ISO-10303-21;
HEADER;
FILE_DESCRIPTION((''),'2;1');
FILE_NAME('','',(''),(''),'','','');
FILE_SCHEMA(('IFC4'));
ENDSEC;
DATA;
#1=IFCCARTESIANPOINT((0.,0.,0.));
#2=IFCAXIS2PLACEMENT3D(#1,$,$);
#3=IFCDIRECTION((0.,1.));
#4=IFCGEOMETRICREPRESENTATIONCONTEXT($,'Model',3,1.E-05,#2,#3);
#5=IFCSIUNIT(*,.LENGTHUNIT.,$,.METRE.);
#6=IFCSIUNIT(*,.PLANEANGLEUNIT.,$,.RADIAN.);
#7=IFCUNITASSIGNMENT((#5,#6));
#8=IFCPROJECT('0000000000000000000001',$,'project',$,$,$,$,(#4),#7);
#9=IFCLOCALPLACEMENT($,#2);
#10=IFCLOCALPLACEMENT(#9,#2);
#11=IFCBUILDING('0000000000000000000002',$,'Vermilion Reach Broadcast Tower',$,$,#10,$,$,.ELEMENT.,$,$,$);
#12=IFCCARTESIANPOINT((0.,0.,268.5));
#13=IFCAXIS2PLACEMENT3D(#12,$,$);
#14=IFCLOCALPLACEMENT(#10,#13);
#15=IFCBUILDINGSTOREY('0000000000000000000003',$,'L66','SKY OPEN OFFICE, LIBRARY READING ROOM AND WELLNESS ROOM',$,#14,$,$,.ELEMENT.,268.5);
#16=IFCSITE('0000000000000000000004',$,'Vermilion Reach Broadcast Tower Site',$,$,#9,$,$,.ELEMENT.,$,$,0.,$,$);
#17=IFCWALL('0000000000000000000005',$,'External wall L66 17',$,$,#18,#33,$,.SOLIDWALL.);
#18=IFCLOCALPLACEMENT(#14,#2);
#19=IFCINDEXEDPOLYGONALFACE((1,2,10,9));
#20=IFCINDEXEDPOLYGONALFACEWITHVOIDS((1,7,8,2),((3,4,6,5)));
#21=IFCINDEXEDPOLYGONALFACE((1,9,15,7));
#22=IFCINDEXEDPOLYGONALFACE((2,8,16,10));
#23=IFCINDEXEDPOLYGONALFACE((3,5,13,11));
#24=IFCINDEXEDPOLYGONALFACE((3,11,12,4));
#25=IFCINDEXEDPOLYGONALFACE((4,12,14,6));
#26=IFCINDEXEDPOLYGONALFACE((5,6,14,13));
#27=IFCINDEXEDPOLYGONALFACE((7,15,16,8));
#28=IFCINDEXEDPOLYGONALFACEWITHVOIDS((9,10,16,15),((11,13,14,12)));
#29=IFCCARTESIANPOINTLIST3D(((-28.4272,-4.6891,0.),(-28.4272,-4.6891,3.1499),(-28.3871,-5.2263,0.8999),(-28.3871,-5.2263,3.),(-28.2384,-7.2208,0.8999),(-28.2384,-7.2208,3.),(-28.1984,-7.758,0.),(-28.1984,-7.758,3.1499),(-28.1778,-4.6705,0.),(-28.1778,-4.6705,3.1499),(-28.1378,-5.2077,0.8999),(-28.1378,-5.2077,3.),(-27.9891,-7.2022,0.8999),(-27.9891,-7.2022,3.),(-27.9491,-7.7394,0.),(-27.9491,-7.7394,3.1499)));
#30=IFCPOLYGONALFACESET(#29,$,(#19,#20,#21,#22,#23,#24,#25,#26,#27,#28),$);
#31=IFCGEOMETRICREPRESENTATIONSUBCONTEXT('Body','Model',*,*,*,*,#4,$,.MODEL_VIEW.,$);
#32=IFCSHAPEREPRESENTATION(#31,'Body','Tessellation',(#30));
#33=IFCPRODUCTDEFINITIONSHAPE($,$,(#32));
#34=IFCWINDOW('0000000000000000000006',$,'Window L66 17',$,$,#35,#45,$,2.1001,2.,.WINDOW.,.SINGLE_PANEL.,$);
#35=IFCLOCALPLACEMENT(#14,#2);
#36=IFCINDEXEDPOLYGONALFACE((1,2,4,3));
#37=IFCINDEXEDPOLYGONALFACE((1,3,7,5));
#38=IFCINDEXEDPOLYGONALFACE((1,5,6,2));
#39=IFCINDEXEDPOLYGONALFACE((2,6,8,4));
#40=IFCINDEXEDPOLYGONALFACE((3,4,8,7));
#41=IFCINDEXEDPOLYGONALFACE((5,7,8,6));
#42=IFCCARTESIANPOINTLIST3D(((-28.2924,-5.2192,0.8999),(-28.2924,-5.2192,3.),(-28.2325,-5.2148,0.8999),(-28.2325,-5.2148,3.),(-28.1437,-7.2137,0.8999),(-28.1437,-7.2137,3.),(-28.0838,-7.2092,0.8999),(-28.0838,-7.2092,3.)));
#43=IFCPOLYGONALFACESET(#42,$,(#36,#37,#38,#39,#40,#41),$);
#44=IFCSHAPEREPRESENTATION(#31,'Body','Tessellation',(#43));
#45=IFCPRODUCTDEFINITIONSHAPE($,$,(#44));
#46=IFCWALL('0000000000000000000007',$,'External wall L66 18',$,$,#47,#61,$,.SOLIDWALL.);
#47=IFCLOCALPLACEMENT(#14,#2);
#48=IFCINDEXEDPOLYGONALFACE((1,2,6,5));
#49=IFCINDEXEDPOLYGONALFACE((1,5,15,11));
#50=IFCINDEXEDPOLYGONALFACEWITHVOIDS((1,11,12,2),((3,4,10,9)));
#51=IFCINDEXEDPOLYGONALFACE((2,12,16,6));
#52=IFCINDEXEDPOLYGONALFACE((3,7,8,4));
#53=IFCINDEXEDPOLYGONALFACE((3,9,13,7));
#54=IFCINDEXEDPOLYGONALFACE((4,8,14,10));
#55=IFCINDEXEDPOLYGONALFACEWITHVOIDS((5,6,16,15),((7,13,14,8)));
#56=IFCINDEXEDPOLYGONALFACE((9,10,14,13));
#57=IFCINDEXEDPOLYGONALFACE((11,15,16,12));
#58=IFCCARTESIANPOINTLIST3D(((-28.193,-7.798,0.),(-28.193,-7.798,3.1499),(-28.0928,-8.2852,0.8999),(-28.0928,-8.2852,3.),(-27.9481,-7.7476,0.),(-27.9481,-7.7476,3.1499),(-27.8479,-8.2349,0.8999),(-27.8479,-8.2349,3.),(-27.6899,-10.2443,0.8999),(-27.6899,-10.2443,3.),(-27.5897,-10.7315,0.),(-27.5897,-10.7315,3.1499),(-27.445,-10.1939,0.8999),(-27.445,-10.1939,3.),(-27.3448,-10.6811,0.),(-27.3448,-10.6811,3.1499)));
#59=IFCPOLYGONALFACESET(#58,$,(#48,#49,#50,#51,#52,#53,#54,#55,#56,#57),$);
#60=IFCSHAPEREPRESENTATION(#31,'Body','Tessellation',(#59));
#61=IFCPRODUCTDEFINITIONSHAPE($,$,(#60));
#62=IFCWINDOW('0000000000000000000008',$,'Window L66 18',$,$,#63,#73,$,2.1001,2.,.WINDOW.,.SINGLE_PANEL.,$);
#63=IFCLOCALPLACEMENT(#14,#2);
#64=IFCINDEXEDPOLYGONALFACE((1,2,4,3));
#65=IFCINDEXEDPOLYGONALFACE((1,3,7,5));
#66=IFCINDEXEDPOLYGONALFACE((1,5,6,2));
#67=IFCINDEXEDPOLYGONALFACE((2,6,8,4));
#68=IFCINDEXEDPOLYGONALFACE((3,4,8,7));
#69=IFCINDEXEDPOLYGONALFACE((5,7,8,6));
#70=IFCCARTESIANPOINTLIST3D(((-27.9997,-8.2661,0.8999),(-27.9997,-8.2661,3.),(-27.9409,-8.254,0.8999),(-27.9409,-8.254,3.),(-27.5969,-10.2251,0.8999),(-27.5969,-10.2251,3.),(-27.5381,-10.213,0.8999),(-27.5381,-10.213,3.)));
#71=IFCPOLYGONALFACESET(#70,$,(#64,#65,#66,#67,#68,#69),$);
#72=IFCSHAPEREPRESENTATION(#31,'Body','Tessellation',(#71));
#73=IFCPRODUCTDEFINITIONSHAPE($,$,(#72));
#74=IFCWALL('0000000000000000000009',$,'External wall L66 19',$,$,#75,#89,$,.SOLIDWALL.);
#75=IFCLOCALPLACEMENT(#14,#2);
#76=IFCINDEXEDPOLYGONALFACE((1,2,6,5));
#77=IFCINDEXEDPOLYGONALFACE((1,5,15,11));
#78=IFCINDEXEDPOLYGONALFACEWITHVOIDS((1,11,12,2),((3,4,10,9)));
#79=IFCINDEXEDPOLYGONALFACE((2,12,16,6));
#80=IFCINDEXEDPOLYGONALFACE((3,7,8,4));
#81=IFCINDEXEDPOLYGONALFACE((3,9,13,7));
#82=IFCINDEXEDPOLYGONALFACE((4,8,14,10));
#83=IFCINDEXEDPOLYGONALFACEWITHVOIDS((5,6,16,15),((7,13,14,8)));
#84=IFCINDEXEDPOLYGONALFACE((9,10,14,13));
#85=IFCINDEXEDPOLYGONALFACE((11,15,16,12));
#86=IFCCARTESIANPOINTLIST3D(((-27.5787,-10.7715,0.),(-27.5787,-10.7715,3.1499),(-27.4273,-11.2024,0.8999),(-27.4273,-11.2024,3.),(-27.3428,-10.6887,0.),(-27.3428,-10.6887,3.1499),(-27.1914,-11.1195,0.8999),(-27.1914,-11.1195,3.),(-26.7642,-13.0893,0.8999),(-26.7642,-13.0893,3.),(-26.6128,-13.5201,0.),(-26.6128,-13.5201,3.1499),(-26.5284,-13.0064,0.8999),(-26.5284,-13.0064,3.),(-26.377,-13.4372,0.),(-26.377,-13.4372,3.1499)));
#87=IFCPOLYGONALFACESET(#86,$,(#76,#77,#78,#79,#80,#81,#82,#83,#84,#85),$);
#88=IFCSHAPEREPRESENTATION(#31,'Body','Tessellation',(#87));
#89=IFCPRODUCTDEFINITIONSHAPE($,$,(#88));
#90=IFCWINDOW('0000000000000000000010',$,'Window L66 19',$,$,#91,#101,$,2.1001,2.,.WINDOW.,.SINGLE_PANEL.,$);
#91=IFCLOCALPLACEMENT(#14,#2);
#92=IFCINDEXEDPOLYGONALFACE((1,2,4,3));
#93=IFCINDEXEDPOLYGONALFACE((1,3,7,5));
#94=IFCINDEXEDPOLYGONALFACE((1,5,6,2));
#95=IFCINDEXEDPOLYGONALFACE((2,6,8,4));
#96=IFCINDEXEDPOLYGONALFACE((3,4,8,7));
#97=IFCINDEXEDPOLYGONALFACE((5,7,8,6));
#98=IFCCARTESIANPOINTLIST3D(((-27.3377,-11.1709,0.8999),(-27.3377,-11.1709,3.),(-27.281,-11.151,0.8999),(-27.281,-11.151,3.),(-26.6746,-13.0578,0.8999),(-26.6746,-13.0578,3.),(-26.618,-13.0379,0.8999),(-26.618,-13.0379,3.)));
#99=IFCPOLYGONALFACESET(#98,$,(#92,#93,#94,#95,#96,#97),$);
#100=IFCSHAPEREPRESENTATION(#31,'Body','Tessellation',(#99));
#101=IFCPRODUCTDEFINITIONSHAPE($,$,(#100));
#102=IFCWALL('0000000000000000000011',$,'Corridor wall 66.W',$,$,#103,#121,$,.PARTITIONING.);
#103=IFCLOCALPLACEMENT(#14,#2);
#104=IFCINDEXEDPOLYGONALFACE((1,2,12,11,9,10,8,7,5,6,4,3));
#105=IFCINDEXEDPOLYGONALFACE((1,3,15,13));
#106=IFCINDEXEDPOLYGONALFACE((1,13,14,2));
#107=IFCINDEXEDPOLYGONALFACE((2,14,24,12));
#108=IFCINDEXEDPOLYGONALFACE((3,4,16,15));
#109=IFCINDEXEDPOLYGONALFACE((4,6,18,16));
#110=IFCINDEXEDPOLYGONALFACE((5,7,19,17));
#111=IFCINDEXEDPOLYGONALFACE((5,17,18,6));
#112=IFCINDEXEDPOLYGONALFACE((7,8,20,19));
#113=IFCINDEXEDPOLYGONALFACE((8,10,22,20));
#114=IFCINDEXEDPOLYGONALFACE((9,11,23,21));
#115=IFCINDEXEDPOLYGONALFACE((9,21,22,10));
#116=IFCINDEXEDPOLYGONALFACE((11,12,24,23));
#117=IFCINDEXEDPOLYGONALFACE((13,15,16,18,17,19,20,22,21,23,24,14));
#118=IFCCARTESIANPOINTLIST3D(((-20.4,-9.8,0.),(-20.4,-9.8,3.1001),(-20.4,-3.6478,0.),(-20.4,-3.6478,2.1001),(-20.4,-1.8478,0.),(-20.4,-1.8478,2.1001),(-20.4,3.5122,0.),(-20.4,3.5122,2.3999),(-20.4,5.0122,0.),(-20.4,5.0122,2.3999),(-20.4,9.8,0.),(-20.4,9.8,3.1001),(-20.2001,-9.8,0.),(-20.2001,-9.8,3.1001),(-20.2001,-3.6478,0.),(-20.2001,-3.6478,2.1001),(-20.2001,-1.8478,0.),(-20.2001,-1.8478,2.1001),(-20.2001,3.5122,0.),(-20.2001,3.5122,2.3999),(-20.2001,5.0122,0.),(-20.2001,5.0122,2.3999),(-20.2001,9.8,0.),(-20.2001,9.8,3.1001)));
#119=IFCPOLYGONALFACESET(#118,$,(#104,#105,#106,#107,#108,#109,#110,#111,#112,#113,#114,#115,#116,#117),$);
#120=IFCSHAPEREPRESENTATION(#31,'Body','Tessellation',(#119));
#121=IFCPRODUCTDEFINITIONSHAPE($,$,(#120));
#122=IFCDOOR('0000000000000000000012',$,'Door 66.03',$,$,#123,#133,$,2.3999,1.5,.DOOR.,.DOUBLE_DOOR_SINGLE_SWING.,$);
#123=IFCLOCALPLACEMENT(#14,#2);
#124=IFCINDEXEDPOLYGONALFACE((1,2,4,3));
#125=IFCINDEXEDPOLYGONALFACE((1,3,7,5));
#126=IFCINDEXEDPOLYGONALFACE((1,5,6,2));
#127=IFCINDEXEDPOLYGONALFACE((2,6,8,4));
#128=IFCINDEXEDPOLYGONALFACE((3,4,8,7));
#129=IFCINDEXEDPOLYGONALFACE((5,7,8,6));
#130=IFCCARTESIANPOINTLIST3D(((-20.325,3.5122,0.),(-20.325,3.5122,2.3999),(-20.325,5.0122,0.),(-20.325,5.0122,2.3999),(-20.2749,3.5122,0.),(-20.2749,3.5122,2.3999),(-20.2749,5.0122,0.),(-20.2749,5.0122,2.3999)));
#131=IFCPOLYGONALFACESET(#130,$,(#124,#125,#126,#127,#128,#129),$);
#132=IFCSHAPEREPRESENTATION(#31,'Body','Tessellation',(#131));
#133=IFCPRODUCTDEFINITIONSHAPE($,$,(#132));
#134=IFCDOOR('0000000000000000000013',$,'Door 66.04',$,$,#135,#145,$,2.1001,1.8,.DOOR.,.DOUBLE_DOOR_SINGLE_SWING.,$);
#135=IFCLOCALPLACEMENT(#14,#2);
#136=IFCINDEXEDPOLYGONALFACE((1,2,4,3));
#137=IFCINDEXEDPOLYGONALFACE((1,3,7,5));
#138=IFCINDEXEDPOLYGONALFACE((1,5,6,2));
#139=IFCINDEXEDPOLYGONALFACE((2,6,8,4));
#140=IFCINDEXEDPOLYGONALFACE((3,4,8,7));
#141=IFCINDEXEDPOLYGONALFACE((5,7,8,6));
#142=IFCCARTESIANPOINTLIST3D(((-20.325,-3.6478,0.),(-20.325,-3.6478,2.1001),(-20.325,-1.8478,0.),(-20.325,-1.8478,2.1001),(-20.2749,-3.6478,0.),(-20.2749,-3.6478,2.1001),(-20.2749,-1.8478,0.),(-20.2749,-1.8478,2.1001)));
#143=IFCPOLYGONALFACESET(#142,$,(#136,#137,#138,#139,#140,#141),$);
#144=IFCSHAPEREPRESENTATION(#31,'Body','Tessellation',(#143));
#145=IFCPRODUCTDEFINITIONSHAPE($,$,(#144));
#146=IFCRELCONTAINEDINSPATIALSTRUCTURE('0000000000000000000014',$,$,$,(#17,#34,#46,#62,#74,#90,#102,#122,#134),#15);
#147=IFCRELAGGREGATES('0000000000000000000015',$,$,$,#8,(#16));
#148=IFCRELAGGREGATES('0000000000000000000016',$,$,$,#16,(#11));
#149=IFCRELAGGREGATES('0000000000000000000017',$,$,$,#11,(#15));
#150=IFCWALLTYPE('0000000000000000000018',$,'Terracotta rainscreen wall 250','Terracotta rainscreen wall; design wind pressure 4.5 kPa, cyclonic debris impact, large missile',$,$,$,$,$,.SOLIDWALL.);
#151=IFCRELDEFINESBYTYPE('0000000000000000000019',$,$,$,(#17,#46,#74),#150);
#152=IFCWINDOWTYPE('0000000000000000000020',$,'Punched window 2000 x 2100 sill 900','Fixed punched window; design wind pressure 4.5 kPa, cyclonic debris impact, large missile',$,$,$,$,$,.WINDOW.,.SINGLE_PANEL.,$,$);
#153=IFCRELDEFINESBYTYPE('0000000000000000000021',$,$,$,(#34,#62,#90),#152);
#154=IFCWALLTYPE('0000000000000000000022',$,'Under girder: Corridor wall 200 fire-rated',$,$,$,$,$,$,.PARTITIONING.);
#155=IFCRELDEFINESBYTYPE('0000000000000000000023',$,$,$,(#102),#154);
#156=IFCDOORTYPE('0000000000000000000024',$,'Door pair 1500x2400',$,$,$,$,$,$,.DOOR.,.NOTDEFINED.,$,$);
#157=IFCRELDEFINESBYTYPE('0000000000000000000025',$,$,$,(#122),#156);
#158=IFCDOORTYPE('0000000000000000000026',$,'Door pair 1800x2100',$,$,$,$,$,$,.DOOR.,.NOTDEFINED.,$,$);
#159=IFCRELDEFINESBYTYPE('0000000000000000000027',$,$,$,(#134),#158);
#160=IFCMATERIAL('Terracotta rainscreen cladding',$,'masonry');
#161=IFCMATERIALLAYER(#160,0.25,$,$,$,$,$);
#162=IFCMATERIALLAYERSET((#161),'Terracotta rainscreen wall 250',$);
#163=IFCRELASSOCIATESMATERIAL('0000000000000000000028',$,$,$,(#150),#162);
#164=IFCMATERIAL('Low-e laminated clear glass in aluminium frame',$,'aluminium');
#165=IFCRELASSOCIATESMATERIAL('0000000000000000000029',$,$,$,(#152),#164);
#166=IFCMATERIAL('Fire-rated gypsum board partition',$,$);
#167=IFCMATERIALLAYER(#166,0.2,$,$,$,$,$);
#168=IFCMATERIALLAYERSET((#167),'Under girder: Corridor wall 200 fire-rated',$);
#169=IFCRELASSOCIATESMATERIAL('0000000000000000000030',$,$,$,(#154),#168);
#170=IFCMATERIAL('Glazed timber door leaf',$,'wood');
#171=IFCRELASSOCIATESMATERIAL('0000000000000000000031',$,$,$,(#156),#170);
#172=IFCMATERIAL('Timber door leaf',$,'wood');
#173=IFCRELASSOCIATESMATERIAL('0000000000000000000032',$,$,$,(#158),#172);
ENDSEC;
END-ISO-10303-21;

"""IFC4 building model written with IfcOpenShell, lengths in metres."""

from ifc_helpers import new_model, si_unit, direction, frame, frame_2d, origin, place, context, subcontext, project, spatial, rectangle, extrude, material, layer, layer_set, type_object, element, fill, save


model = new_model("IFC4")

# Units and contexts
model_context = context("Model", 3, precision=1e-05, world=origin(), true_north=direction((0.0, 1.0)))
body_context = subcontext(model_context, "Body", "Model", "MODEL_VIEW")
ifc_project = project(units=[si_unit("LENGTHUNIT", "METRE"), si_unit("PLANEANGLEUNIT", "RADIAN")], contexts=[model_context])

# Site, building, storey
site_placement = place(None, origin())
site = spatial("IfcSite", under=ifc_project, at=site_placement, Name="Vermilion Reach Broadcast Tower Site", CompositionType="ELEMENT", RefElevation=0.0)
building_placement = place(site_placement, origin())
building = spatial("IfcBuilding", under=site, at=building_placement, Name="Vermilion Reach Broadcast Tower", CompositionType="ELEMENT")
storey_placement = place(building_placement, frame((0.0, 0.0, 268.5)))
storey = spatial("IfcBuildingStorey", under=building, at=storey_placement, Name="L66", Description="SKY OPEN OFFICE, LIBRARY READING ROOM AND WELLNESS ROOM", CompositionType="ELEMENT", Elevation=268.5)

# Shared definitions
ifc_material_1 = material(Name="Terracotta rainscreen cladding", Category="masonry")
ifc_layer_1 = layer(ifc_material_1, 0.25)
ifc_layer_set_1 = layer_set([ifc_layer_1], Name="Terracotta rainscreen wall 250")
wall_type_1 = type_object("IfcWallType", Name="Terracotta rainscreen wall 250", Description="Terracotta rainscreen wall; design wind pressure 4.5 kPa, cyclonic debris impact, large missile", PredefinedType="SOLIDWALL", material=ifc_layer_set_1)

# Walls, openings, windows
wall_1_placement = place(storey_placement, frame((-28.3025, -4.6799, 0.0), z_axis=(0.0, 0.0, 1.0), x_axis=(0.074336, -0.997233, 0.0)))
wall_1 = element("IfcWall", 1, at=wall_1_placement, inside=storey, type_object=wall_type_1, Name="External wall L66 17", PredefinedType="SOLIDWALL", context=body_context, shape_type="SweptSolid", body=[
    extrude(rectangle(XDim=3.0774, YDim=0.25, at=frame_2d((1.5386, 0.0))), origin(), (0.0, 0.0, 1.0), 3.1499),
])
opening_1_placement = place(wall_1_placement, frame((0.5386, 0.0, 0.8999)))
opening_1 = element("IfcOpeningElement", 2, at=opening_1_placement, cuts=wall_1, PredefinedType="OPENING", context=body_context, shape_type="SweptSolid", body=[
    extrude(rectangle(XDim=2.0, YDim=2.1001, at=frame_2d((1.0, 1.05))), frame((0.0, 0.135, 0.0), z_axis=(0.0, -1.0, 0.0), x_axis=(1.0, 0.0, 0.0)), (0.0, 0.0, 1.0), 0.27),
])
ifc_material_2 = material(Name="Low-e laminated clear glass in aluminium frame", Category="aluminium")
window_type = type_object("IfcWindowType", Name="Punched window 2000 x 2100 sill 900", Description="Fixed punched window; design wind pressure 4.5 kPa, cyclonic debris impact, large missile", PartitioningType="SINGLE_PANEL", PredefinedType="WINDOW", material=ifc_material_2)
window_1_placement = place(opening_1_placement, origin())
window_1 = element("IfcWindow", 3, at=window_1_placement, inside=storey, type_object=window_type, Name="Window L66 17", OverallHeight=2.1001, OverallWidth=2.0, PartitioningType="SINGLE_PANEL", PredefinedType="WINDOW", context=body_context, shape_type="SweptSolid", body=[
    extrude(rectangle(XDim=2.0, YDim=2.1001, at=frame_2d((1.0, 1.05))), frame((0.0, 0.03, 0.0), z_axis=(0.0, -1.0, 0.0), x_axis=(1.0, 0.0, 0.0)), (0.0, 0.0, 1.0), 0.0601),
])
fill(opening_1, window_1)
wall_2_placement = place(storey_placement, frame((-28.0706, -7.7727, 0.0), z_axis=(0.0, 0.0, 1.0), x_axis=(0.201428, -0.979503, 0.0)))
wall_2 = element("IfcWall", 4, at=wall_2_placement, inside=storey, type_object=wall_type_1, Name="External wall L66 18", PredefinedType="SOLIDWALL", context=body_context, shape_type="SweptSolid", body=[
    extrude(rectangle(XDim=2.9949, YDim=0.25, at=frame_2d((1.4976, 0.0))), origin(), (0.0, 0.0, 1.0), 3.1499),
])
opening_2_placement = place(wall_2_placement, frame((0.4976, 0.0, 0.8999)))
opening_2 = element("IfcOpeningElement", 5, at=opening_2_placement, cuts=wall_2, PredefinedType="OPENING", context=body_context, shape_type="SweptSolid", body=[
    extrude(rectangle(XDim=2.0, YDim=2.1001, at=frame_2d((1.0, 1.05))), frame((0.0, 0.135, 0.0), z_axis=(0.0, -1.0, 0.0), x_axis=(1.0, 0.0, 0.0)), (0.0, 0.0, 1.0), 0.27),
])
window_2_placement = place(opening_2_placement, origin())
window_2 = element("IfcWindow", 6, at=window_2_placement, inside=storey, type_object=window_type, Name="Window L66 18", OverallHeight=2.1001, OverallWidth=2.0, PartitioningType="SINGLE_PANEL", PredefinedType="WINDOW", context=body_context, shape_type="SweptSolid", body=[
    extrude(rectangle(XDim=2.0, YDim=2.1001, at=frame_2d((1.0, 1.05))), frame((0.0, 0.03, 0.0), z_axis=(0.0, -1.0, 0.0), x_axis=(1.0, 0.0, 0.0)), (0.0, 0.0, 1.0), 0.0601),
])
fill(opening_2, window_2)
wall_3_placement = place(storey_placement, frame((-27.4607, -10.7302, 0.0), z_axis=(0.0, 0.0, 1.0), x_axis=(0.331522, -0.943447, 0.0)))
wall_3 = element("IfcWall", 7, at=wall_3_placement, inside=storey, type_object=wall_type_1, Name="External wall L66 19", PredefinedType="SOLIDWALL", context=body_context, shape_type="SweptSolid", body=[
    extrude(rectangle(XDim=2.9133, YDim=0.25, at=frame_2d((1.4565, 0.0))), origin(), (0.0, 0.0, 1.0), 3.1499),
])
opening_3_placement = place(wall_3_placement, frame((0.4565, 0.0, 0.8999)))
opening_3 = element("IfcOpeningElement", 8, at=opening_3_placement, cuts=wall_3, PredefinedType="OPENING", context=body_context, shape_type="SweptSolid", body=[
    extrude(rectangle(XDim=2.0, YDim=2.1001, at=frame_2d((1.0, 1.05))), frame((0.0, 0.135, 0.0), z_axis=(0.0, -1.0, 0.0), x_axis=(1.0, 0.0, 0.0)), (0.0, 0.0, 1.0), 0.27),
])
window_3_placement = place(opening_3_placement, origin())
window_3 = element("IfcWindow", 9, at=window_3_placement, inside=storey, type_object=window_type, Name="Window L66 19", OverallHeight=2.1001, OverallWidth=2.0, PartitioningType="SINGLE_PANEL", PredefinedType="WINDOW", context=body_context, shape_type="SweptSolid", body=[
    extrude(rectangle(XDim=2.0, YDim=2.1001, at=frame_2d((1.0, 1.05))), frame((0.0, 0.03, 0.0), z_axis=(0.0, -1.0, 0.0), x_axis=(1.0, 0.0, 0.0)), (0.0, 0.0, 1.0), 0.0601),
])
fill(opening_3, window_3)

# Wall, openings, doors
ifc_material_3 = material(Name="Fire-rated gypsum board partition")
ifc_layer_2 = layer(ifc_material_3, 0.2)
ifc_layer_set_2 = layer_set([ifc_layer_2], Name="Under girder: Corridor wall 200 fire-rated")
wall_type_2 = type_object("IfcWallType", Name="Under girder: Corridor wall 200 fire-rated", PredefinedType="PARTITIONING", material=ifc_layer_set_2)
wall_4_placement = place(storey_placement, frame((-20.3, -9.8, 0.0), z_axis=(0.0, 0.0, 1.0), x_axis=(0.0, 1.0, 0.0)))
wall_4 = element("IfcWall", 10, at=wall_4_placement, inside=storey, type_object=wall_type_2, Name="Corridor wall 66.W", PredefinedType="PARTITIONING", context=body_context, shape_type="SweptSolid", body=[
    extrude(rectangle(XDim=19.6001, YDim=0.2, at=frame_2d((9.8, 0.0))), origin(), (0.0, 0.0, 1.0), 3.1001),
])
opening_4_placement = place(wall_4_placement, frame((13.3123, 0.0, 0.0)))
opening_4 = element("IfcOpeningElement", 11, at=opening_4_placement, cuts=wall_4, PredefinedType="OPENING", context=body_context, shape_type="SweptSolid", body=[
    extrude(rectangle(XDim=1.5, YDim=2.3999, at=frame_2d((0.75, 1.2))), frame((0.0, 0.1099, 0.0), z_axis=(0.0, -1.0, 0.0), x_axis=(1.0, 0.0, 0.0)), (0.0, 0.0, 1.0), 0.22),
])
opening_5_placement = place(wall_4_placement, frame((6.1523, 0.0, 0.0)))
opening_5 = element("IfcOpeningElement", 12, at=opening_5_placement, cuts=wall_4, PredefinedType="OPENING", context=body_context, shape_type="SweptSolid", body=[
    extrude(rectangle(XDim=1.8, YDim=2.1001, at=frame_2d((0.8999, 1.05))), frame((0.0, 0.1099, 0.0), z_axis=(0.0, -1.0, 0.0), x_axis=(1.0, 0.0, 0.0)), (0.0, 0.0, 1.0), 0.22),
])
ifc_material_4 = material(Name="Glazed timber door leaf", Category="wood")
door_type_1 = type_object("IfcDoorType", Name="Door pair 1500x2400", OperationType="NOTDEFINED", PredefinedType="DOOR", material=ifc_material_4)
door_1_placement = place(opening_4_placement, origin())
door_1 = element("IfcDoor", 13, at=door_1_placement, inside=storey, type_object=door_type_1, Name="Door 66.03", OperationType="DOUBLE_DOOR_SINGLE_SWING", OverallHeight=2.3999, OverallWidth=1.5, PredefinedType="DOOR", context=body_context, shape_type="SweptSolid", body=[
    extrude(rectangle(XDim=1.5, YDim=2.3999, at=frame_2d((0.75, 1.2))), frame((0.0, 0.0249, 0.0), z_axis=(0.0, -1.0, 0.0), x_axis=(1.0, 0.0, 0.0)), (0.0, 0.0, 1.0), 0.05),
])
fill(opening_4, door_1)
ifc_material_5 = material(Name="Timber door leaf", Category="wood")
door_type_2 = type_object("IfcDoorType", Name="Door pair 1800x2100", OperationType="NOTDEFINED", PredefinedType="DOOR", material=ifc_material_5)
door_2_placement = place(opening_5_placement, origin())
door_2 = element("IfcDoor", 14, at=door_2_placement, inside=storey, type_object=door_type_2, Name="Door 66.04", OperationType="DOUBLE_DOOR_SINGLE_SWING", OverallHeight=2.1001, OverallWidth=1.8, PredefinedType="DOOR", context=body_context, shape_type="SweptSolid", body=[
    extrude(rectangle(XDim=1.8, YDim=2.1001, at=frame_2d((0.8999, 1.05))), frame((0.0, 0.0249, 0.0), z_axis=(0.0, -1.0, 0.0), x_axis=(1.0, 0.0, 0.0)), (0.0, 0.0, 1.0), 0.05),
])
fill(opening_5, door_2)

save(model, "model.ifc")
